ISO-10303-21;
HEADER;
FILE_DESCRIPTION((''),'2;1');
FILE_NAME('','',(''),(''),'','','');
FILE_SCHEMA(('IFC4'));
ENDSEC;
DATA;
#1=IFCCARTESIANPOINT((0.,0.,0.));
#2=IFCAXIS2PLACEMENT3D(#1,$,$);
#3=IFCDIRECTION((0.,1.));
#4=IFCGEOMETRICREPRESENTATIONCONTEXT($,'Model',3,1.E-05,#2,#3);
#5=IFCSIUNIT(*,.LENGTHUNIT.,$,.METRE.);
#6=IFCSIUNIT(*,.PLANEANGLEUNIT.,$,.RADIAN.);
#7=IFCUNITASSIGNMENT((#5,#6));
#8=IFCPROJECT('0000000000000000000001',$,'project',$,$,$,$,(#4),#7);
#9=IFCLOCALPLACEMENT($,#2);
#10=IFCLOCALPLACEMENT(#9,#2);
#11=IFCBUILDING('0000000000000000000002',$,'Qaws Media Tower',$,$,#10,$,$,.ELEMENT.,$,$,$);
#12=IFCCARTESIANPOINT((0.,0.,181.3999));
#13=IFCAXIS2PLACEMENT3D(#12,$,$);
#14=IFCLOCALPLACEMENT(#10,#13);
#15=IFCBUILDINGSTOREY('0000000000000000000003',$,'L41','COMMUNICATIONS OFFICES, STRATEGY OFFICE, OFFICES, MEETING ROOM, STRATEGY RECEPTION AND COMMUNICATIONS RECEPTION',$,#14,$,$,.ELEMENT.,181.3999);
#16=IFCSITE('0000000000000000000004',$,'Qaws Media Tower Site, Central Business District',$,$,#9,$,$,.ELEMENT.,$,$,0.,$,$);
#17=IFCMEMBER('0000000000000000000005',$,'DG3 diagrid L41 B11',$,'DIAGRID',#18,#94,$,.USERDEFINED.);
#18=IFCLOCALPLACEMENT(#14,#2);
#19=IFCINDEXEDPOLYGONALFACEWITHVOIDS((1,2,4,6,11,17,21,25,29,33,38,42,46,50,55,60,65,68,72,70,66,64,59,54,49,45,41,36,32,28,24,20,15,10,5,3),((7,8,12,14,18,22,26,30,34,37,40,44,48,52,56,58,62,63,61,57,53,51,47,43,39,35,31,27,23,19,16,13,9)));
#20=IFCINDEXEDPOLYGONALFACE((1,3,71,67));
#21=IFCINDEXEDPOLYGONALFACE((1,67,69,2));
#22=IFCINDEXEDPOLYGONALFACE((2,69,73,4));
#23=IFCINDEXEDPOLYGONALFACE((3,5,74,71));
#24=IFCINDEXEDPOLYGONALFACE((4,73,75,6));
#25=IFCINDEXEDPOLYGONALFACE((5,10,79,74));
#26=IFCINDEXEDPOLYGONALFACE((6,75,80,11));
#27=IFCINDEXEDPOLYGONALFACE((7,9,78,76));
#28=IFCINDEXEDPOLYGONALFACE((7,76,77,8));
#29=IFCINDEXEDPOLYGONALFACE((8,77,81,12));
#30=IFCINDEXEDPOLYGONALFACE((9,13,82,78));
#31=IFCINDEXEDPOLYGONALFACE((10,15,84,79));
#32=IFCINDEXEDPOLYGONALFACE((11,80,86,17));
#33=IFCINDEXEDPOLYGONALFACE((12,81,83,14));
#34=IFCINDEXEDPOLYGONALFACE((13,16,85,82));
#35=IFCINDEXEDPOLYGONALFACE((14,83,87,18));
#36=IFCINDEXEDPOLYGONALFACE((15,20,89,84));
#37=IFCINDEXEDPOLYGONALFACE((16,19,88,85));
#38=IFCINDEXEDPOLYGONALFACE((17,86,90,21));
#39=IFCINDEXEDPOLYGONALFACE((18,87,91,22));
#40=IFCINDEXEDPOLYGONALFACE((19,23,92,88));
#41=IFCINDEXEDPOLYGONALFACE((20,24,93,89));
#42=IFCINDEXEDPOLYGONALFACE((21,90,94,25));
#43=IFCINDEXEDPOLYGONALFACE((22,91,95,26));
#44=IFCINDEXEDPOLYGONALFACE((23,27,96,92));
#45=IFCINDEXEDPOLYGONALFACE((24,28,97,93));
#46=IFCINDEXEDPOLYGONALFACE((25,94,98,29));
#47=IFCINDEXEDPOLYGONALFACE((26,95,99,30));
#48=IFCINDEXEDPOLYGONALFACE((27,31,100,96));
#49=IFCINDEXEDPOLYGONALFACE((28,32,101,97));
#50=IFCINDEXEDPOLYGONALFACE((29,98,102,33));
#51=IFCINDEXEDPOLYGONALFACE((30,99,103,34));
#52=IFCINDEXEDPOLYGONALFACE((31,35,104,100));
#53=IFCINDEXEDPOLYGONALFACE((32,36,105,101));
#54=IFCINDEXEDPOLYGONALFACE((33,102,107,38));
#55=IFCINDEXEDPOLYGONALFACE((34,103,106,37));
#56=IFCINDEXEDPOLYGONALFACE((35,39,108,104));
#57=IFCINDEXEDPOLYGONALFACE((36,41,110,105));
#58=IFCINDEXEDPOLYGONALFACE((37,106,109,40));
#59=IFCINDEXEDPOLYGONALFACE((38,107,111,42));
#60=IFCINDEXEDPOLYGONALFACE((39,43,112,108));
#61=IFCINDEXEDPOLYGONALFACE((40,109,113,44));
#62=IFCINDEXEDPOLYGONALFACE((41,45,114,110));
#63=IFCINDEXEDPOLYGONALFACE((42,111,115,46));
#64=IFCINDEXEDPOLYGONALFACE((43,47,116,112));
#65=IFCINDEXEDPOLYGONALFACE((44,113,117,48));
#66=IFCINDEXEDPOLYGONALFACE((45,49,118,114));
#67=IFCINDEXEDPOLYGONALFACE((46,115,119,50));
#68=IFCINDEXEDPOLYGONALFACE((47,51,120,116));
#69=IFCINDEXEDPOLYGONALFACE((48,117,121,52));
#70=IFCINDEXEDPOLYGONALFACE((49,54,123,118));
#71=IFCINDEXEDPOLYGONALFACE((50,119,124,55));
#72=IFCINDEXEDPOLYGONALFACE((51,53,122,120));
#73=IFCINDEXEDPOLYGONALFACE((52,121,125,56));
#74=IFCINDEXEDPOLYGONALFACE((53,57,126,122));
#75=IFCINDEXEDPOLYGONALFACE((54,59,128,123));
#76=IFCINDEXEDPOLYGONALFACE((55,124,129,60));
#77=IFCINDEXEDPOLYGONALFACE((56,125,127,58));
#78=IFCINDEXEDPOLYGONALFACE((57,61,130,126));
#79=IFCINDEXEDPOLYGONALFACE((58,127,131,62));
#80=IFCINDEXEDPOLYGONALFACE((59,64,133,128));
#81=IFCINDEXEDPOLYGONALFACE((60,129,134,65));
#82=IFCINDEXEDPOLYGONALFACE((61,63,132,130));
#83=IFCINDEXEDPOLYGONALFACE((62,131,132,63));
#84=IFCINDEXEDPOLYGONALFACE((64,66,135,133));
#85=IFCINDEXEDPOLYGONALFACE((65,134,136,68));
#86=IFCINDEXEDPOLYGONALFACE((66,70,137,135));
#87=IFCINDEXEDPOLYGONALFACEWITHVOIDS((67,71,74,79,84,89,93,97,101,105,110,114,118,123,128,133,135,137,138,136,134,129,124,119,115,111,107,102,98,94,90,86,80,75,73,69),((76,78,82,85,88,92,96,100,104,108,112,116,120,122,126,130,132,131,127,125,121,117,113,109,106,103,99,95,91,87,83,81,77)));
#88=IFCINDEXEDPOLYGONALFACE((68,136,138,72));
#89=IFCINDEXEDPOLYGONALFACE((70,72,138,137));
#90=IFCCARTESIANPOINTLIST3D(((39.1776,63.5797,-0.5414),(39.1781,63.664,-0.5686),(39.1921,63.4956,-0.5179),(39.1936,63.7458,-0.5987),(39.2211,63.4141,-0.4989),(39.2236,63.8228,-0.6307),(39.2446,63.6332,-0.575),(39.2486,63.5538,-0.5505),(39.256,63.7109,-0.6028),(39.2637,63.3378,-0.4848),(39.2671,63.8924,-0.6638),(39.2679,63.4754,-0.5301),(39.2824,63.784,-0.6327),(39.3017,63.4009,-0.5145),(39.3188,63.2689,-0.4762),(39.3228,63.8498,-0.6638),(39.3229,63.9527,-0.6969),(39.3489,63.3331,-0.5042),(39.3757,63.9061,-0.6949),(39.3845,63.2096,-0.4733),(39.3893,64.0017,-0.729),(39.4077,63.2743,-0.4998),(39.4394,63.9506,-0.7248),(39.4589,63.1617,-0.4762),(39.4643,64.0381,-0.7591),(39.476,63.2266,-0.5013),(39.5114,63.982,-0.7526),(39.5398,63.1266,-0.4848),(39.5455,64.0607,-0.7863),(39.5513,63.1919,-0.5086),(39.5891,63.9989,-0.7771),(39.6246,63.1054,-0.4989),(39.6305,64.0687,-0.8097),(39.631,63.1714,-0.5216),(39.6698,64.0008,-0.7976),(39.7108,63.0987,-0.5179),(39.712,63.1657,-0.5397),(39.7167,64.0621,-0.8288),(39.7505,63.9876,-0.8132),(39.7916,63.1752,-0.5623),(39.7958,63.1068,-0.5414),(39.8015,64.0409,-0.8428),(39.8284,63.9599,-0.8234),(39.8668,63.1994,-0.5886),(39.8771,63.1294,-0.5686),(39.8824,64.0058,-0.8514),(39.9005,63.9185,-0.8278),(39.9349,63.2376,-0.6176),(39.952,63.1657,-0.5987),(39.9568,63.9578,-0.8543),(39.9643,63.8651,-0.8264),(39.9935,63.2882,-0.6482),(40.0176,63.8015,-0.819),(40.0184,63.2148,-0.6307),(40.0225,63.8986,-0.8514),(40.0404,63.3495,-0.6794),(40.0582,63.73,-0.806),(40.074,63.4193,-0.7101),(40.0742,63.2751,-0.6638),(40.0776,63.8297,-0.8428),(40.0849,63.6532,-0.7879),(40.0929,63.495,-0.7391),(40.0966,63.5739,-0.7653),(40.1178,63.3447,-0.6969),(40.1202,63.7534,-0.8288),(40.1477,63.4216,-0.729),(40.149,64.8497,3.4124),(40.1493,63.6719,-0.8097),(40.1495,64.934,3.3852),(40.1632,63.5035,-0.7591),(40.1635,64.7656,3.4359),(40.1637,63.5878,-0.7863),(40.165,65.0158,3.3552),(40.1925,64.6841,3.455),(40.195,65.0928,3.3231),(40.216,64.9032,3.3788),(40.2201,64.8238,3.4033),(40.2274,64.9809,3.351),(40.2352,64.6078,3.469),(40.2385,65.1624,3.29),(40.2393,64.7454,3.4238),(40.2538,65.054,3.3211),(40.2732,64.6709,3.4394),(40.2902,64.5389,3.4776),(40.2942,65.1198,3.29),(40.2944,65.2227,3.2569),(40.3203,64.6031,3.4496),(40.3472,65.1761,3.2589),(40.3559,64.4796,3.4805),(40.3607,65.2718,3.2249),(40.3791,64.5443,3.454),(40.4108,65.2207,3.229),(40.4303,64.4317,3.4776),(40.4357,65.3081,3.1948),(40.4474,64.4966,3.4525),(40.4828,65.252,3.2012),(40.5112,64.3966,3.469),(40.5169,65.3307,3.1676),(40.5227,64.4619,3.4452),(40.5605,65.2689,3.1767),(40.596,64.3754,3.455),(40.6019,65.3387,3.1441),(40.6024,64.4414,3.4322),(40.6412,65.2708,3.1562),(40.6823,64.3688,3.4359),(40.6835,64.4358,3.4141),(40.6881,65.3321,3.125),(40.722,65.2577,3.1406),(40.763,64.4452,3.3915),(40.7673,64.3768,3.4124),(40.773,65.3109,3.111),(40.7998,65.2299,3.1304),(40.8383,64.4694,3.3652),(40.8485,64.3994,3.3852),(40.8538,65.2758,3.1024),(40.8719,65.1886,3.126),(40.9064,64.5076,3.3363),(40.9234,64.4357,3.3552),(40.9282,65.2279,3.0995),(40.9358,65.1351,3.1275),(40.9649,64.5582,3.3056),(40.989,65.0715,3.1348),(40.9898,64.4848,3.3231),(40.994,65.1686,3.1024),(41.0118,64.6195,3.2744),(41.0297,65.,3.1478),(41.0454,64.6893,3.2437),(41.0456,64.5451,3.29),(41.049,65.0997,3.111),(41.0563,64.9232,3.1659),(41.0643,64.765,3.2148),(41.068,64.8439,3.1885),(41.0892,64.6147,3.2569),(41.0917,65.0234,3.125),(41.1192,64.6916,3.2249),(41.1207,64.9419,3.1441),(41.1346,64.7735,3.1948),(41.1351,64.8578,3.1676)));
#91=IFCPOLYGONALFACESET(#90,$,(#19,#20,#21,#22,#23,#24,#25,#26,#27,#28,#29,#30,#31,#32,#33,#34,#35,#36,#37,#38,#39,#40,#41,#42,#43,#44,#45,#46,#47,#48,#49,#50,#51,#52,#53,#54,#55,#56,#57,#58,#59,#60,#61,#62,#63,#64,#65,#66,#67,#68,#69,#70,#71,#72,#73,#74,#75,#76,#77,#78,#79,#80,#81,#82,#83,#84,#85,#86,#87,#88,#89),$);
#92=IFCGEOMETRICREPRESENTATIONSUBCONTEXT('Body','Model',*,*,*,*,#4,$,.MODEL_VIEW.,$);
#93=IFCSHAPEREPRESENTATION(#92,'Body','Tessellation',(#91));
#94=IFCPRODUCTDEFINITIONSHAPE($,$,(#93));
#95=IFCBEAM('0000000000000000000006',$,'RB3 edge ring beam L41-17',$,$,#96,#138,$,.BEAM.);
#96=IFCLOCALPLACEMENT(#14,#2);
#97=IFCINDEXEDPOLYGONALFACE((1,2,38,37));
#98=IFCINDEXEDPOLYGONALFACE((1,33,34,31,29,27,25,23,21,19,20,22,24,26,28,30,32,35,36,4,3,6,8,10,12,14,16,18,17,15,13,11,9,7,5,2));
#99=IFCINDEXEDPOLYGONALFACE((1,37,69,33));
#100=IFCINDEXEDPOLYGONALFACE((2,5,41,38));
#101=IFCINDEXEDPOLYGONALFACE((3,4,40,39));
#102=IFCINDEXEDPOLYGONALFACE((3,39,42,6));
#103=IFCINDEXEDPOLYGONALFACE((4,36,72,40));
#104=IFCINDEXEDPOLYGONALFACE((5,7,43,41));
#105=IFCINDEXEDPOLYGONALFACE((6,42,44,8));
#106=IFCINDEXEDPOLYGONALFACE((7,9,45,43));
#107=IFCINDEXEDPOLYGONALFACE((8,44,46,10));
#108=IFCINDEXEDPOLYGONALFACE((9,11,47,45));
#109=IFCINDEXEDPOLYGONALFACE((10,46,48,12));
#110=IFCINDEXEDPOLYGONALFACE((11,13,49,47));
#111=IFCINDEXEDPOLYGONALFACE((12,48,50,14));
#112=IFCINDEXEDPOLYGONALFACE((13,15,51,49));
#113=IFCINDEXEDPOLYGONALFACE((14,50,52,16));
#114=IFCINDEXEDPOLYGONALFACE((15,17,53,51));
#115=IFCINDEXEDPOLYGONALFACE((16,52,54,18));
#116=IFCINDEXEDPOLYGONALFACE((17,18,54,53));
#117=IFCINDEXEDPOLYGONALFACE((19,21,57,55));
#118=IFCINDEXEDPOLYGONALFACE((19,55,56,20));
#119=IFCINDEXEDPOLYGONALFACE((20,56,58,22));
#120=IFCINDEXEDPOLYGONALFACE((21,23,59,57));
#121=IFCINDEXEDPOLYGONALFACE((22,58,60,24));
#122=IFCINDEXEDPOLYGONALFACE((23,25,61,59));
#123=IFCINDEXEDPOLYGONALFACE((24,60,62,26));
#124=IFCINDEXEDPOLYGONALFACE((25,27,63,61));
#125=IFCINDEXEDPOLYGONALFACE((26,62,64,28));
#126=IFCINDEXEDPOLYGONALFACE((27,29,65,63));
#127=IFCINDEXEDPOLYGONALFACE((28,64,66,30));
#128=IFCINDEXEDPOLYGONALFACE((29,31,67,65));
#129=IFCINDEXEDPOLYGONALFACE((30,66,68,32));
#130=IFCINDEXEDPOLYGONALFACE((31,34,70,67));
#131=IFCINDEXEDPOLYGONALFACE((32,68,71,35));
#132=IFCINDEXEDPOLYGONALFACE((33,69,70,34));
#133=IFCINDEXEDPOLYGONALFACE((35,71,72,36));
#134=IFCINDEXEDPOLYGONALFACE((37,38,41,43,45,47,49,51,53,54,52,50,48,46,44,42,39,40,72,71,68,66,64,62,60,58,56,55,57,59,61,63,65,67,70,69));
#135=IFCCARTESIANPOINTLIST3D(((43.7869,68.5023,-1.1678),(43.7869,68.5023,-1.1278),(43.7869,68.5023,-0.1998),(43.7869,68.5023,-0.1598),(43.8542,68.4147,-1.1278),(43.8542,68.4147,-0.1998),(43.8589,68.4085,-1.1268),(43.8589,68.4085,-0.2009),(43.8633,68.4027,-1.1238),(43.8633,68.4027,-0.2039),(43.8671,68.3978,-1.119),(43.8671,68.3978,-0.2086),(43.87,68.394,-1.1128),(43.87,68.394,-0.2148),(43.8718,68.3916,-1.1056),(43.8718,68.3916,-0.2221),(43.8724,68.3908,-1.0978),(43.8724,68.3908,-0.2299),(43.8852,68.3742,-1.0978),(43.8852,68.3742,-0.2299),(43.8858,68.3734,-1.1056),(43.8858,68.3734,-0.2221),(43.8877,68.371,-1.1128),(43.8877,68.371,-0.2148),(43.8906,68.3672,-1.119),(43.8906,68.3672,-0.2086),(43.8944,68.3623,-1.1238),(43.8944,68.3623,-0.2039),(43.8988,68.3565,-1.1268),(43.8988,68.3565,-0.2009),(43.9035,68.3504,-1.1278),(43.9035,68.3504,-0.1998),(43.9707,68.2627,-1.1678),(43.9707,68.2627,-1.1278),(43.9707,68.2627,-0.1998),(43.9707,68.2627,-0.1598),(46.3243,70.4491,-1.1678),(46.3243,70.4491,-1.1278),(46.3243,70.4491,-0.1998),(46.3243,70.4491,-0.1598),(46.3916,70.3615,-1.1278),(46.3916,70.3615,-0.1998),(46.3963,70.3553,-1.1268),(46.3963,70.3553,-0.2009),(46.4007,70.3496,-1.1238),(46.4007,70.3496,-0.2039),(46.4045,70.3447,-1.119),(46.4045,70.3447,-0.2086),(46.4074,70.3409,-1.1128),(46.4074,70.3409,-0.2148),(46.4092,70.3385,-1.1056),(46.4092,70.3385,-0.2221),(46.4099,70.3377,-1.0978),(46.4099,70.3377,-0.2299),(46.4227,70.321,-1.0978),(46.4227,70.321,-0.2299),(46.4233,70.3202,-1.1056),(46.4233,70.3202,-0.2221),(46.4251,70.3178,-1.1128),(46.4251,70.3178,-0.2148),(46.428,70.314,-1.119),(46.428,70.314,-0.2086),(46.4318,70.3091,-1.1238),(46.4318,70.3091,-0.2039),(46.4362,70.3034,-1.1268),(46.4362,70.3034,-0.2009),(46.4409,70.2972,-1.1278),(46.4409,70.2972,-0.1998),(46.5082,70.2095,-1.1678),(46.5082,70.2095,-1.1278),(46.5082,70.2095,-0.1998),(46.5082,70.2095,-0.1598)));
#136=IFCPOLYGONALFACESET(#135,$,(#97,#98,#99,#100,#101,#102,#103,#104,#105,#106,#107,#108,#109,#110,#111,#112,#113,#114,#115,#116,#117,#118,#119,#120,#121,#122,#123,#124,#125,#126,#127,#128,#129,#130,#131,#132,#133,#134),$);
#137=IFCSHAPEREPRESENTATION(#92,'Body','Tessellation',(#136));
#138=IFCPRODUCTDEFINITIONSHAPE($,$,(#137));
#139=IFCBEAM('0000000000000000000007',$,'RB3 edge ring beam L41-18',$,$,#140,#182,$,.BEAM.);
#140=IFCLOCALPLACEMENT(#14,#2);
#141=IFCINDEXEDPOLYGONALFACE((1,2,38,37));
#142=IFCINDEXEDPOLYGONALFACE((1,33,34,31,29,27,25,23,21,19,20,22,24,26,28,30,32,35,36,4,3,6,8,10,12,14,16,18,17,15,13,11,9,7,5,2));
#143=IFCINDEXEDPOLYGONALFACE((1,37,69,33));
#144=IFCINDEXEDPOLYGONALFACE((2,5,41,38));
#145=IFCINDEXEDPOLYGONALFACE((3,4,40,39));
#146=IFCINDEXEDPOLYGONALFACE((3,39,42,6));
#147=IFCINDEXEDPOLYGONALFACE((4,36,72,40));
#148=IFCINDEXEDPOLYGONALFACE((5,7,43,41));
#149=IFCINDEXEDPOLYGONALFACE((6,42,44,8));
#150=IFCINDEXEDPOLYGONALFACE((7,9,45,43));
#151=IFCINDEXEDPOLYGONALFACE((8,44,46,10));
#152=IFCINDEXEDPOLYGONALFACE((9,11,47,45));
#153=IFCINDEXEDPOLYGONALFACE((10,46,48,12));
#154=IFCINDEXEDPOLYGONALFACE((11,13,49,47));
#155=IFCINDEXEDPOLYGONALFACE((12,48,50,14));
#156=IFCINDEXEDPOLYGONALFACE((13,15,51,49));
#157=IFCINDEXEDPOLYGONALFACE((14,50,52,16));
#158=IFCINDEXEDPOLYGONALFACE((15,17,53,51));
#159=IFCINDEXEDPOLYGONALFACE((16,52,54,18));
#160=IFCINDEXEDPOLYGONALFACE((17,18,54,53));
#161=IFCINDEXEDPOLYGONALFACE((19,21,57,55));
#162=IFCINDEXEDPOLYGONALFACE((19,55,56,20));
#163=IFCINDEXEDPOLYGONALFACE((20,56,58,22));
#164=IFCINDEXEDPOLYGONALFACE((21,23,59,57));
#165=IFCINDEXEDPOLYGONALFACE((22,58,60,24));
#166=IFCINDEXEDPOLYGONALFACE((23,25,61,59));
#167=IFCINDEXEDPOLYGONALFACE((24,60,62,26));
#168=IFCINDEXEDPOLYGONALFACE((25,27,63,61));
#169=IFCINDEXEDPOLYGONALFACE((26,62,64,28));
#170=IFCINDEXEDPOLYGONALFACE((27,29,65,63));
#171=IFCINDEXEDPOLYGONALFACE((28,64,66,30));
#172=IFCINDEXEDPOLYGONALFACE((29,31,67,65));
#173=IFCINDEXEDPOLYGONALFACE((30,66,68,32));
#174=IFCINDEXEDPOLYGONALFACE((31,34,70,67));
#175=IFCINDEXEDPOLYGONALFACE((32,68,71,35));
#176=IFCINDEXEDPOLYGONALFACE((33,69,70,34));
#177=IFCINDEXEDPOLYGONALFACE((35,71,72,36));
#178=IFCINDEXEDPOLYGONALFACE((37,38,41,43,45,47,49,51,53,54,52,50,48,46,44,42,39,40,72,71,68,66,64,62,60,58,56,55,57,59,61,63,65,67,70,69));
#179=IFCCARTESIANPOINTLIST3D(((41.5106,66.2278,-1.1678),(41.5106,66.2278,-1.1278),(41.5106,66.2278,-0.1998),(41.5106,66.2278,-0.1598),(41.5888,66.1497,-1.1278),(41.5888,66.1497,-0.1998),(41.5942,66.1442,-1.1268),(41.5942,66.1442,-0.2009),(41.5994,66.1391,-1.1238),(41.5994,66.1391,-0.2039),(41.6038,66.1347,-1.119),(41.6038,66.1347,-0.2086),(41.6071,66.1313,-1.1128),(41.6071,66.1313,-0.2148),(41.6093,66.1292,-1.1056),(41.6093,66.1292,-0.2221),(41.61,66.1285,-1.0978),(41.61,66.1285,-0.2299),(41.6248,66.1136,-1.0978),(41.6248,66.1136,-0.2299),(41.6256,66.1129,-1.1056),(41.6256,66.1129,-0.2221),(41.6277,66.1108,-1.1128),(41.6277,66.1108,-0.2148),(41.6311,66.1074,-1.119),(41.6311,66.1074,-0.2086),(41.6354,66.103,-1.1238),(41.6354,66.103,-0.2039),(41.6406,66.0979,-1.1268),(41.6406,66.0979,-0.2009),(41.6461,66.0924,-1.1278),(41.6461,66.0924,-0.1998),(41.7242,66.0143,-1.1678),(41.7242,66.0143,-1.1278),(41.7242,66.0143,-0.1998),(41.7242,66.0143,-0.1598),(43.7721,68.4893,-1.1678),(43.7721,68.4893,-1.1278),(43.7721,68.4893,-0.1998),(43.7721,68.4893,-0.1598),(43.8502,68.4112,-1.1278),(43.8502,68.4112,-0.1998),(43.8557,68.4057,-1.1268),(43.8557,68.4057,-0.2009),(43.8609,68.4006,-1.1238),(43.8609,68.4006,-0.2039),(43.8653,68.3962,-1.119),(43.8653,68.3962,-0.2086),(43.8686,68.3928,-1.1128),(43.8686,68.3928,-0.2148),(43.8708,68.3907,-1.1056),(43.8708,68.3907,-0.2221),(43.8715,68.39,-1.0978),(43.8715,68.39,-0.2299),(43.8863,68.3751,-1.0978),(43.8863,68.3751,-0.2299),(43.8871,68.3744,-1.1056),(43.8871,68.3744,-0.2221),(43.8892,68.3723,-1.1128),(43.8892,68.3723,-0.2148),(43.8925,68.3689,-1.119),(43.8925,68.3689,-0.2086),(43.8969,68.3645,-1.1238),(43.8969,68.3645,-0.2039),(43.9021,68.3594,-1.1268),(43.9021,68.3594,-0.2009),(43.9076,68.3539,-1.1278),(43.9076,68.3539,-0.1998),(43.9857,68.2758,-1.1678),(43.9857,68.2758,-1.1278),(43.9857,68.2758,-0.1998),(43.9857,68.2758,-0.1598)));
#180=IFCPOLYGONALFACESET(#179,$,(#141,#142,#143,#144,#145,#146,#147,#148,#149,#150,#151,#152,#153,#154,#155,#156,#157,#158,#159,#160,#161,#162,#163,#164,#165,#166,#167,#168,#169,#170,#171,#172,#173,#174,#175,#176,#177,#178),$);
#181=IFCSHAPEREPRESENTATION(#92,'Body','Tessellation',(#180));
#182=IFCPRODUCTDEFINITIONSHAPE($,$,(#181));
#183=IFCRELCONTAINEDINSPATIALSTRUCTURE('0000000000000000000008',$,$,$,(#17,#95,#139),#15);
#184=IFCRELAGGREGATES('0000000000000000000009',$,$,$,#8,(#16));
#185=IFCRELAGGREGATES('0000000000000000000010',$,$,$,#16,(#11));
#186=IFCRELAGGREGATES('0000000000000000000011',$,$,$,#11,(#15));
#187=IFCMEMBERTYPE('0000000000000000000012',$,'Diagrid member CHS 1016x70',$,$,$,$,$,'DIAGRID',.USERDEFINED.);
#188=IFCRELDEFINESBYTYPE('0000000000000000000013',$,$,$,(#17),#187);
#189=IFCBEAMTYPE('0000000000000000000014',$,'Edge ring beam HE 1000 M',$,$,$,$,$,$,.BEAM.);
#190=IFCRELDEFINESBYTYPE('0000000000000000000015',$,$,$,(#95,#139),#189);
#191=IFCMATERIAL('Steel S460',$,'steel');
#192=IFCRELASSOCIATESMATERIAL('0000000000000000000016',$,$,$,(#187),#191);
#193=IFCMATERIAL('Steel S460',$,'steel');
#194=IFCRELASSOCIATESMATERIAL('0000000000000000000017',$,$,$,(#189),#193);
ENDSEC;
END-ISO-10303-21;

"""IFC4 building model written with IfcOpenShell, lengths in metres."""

from ifc_helpers import new_model, si_unit, direction, frame, origin, origin_2d, place, context, subcontext, project, spatial, hollow_circle, i_section, extrude, material, material_profile, profile_set, type_object, element, save


model = new_model("IFC4")

# Units and contexts
model_context = context("Model", 3, precision=1e-05, world=origin(), true_north=direction((0.0, 1.0)))
body_context = subcontext(model_context, "Body", "Model", "MODEL_VIEW")
ifc_project = project(units=[si_unit("LENGTHUNIT", "METRE"), si_unit("PLANEANGLEUNIT", "RADIAN")], contexts=[model_context])

# Site, building, storey
site_placement = place(None, origin())
site = spatial("IfcSite", under=ifc_project, at=site_placement, Name="Qaws Media Tower Site, Central Business District", CompositionType="ELEMENT", RefElevation=0.0)
building_placement = place(site_placement, origin())
building = spatial("IfcBuilding", under=site, at=building_placement, Name="Qaws Media Tower", CompositionType="ELEMENT")
storey_placement = place(building_placement, frame((0.0, 0.0, 181.3999)))
storey = spatial("IfcBuildingStorey", under=building, at=storey_placement, Name="L41", Description="COMMUNICATIONS OFFICES, STRATEGY OFFICE, OFFICES, MEETING ROOM, STRATEGY RECEPTION AND COMMUNICATIONS RECEPTION", CompositionType="ELEMENT", Elevation=181.3999)

# Member
ifc_material_1 = material(Name="Steel S460", Category="steel")
ifc_material_profile_1 = material_profile(ifc_material_1, hollow_circle(Radius=0.5081, WallThickness=0.0701, at=origin_2d()), Name="CHS 1016x70")
ifc_profile_set_1 = profile_set([ifc_material_profile_1], Name="Steel S460")
member_type_1 = type_object("IfcMemberType", Name="Diagrid member CHS 1016x70", ElementType="DIAGRID", PredefinedType="USERDEFINED", material=ifc_profile_set_1)
member_1_placement = place(storey_placement, frame((39.6707, 63.5837, -0.6638), z_axis=(0.227773, 0.297782, 0.927063), x_axis=(-0.794284, 0.607546, 0.0)))
element("IfcMember", 1, at=member_1_placement, inside=storey, type_object=member_type_1, Name="DG3 diagrid L41 B11", ObjectType="DIAGRID", PredefinedType="USERDEFINED", context=body_context, shape_type="SweptSolid", body=[
    extrude(hollow_circle(Radius=0.5081, WallThickness=0.0701, at=origin_2d()), origin(), (0.0, 0.0, 1.0), 4.2649),
])

# Beams
ifc_material_2 = material(Name="Steel S460", Category="steel")
ifc_material_profile_2 = material_profile(ifc_material_2, i_section(OverallWidth=0.302, OverallDepth=1.0081, WebThickness=0.021, FlangeThickness=0.04, FilletRadius=0.03, at=origin_2d()), Name="HE 1000 M")
ifc_profile_set_2 = profile_set([ifc_material_profile_2], Name="Steel S460")
beam_type = type_object("IfcBeamType", Name="Edge ring beam HE 1000 M", PredefinedType="BEAM", material=ifc_profile_set_2)
for number, where, z_axis, x_axis, name in (
    (2, (46.4163, 70.3293, -0.6638), (-0.793384, -0.608722, 0.0), (0.608722, -0.793384, 0.0), "RB3 edge ring beam L41-17"),
    (3, (43.8789, 68.3826, -0.6638), (-0.707107, -0.707107, 0.0), (0.707107, -0.707107, 0.0), "RB3 edge ring beam L41-18"),
):
    element("IfcBeam", number, at=place(storey_placement, frame(where, z_axis=z_axis, x_axis=x_axis)), inside=storey, type_object=beam_type, Name=name, PredefinedType="BEAM", context=body_context, shape_type="SweptSolid", body=[
        extrude(i_section(OverallWidth=0.302, OverallDepth=1.0081, WebThickness=0.021, FlangeThickness=0.04, FilletRadius=0.03, at=origin_2d()), origin(), (0.0, 0.0, 1.0), 3.1982),
    ])

save(model, "model.ifc")
